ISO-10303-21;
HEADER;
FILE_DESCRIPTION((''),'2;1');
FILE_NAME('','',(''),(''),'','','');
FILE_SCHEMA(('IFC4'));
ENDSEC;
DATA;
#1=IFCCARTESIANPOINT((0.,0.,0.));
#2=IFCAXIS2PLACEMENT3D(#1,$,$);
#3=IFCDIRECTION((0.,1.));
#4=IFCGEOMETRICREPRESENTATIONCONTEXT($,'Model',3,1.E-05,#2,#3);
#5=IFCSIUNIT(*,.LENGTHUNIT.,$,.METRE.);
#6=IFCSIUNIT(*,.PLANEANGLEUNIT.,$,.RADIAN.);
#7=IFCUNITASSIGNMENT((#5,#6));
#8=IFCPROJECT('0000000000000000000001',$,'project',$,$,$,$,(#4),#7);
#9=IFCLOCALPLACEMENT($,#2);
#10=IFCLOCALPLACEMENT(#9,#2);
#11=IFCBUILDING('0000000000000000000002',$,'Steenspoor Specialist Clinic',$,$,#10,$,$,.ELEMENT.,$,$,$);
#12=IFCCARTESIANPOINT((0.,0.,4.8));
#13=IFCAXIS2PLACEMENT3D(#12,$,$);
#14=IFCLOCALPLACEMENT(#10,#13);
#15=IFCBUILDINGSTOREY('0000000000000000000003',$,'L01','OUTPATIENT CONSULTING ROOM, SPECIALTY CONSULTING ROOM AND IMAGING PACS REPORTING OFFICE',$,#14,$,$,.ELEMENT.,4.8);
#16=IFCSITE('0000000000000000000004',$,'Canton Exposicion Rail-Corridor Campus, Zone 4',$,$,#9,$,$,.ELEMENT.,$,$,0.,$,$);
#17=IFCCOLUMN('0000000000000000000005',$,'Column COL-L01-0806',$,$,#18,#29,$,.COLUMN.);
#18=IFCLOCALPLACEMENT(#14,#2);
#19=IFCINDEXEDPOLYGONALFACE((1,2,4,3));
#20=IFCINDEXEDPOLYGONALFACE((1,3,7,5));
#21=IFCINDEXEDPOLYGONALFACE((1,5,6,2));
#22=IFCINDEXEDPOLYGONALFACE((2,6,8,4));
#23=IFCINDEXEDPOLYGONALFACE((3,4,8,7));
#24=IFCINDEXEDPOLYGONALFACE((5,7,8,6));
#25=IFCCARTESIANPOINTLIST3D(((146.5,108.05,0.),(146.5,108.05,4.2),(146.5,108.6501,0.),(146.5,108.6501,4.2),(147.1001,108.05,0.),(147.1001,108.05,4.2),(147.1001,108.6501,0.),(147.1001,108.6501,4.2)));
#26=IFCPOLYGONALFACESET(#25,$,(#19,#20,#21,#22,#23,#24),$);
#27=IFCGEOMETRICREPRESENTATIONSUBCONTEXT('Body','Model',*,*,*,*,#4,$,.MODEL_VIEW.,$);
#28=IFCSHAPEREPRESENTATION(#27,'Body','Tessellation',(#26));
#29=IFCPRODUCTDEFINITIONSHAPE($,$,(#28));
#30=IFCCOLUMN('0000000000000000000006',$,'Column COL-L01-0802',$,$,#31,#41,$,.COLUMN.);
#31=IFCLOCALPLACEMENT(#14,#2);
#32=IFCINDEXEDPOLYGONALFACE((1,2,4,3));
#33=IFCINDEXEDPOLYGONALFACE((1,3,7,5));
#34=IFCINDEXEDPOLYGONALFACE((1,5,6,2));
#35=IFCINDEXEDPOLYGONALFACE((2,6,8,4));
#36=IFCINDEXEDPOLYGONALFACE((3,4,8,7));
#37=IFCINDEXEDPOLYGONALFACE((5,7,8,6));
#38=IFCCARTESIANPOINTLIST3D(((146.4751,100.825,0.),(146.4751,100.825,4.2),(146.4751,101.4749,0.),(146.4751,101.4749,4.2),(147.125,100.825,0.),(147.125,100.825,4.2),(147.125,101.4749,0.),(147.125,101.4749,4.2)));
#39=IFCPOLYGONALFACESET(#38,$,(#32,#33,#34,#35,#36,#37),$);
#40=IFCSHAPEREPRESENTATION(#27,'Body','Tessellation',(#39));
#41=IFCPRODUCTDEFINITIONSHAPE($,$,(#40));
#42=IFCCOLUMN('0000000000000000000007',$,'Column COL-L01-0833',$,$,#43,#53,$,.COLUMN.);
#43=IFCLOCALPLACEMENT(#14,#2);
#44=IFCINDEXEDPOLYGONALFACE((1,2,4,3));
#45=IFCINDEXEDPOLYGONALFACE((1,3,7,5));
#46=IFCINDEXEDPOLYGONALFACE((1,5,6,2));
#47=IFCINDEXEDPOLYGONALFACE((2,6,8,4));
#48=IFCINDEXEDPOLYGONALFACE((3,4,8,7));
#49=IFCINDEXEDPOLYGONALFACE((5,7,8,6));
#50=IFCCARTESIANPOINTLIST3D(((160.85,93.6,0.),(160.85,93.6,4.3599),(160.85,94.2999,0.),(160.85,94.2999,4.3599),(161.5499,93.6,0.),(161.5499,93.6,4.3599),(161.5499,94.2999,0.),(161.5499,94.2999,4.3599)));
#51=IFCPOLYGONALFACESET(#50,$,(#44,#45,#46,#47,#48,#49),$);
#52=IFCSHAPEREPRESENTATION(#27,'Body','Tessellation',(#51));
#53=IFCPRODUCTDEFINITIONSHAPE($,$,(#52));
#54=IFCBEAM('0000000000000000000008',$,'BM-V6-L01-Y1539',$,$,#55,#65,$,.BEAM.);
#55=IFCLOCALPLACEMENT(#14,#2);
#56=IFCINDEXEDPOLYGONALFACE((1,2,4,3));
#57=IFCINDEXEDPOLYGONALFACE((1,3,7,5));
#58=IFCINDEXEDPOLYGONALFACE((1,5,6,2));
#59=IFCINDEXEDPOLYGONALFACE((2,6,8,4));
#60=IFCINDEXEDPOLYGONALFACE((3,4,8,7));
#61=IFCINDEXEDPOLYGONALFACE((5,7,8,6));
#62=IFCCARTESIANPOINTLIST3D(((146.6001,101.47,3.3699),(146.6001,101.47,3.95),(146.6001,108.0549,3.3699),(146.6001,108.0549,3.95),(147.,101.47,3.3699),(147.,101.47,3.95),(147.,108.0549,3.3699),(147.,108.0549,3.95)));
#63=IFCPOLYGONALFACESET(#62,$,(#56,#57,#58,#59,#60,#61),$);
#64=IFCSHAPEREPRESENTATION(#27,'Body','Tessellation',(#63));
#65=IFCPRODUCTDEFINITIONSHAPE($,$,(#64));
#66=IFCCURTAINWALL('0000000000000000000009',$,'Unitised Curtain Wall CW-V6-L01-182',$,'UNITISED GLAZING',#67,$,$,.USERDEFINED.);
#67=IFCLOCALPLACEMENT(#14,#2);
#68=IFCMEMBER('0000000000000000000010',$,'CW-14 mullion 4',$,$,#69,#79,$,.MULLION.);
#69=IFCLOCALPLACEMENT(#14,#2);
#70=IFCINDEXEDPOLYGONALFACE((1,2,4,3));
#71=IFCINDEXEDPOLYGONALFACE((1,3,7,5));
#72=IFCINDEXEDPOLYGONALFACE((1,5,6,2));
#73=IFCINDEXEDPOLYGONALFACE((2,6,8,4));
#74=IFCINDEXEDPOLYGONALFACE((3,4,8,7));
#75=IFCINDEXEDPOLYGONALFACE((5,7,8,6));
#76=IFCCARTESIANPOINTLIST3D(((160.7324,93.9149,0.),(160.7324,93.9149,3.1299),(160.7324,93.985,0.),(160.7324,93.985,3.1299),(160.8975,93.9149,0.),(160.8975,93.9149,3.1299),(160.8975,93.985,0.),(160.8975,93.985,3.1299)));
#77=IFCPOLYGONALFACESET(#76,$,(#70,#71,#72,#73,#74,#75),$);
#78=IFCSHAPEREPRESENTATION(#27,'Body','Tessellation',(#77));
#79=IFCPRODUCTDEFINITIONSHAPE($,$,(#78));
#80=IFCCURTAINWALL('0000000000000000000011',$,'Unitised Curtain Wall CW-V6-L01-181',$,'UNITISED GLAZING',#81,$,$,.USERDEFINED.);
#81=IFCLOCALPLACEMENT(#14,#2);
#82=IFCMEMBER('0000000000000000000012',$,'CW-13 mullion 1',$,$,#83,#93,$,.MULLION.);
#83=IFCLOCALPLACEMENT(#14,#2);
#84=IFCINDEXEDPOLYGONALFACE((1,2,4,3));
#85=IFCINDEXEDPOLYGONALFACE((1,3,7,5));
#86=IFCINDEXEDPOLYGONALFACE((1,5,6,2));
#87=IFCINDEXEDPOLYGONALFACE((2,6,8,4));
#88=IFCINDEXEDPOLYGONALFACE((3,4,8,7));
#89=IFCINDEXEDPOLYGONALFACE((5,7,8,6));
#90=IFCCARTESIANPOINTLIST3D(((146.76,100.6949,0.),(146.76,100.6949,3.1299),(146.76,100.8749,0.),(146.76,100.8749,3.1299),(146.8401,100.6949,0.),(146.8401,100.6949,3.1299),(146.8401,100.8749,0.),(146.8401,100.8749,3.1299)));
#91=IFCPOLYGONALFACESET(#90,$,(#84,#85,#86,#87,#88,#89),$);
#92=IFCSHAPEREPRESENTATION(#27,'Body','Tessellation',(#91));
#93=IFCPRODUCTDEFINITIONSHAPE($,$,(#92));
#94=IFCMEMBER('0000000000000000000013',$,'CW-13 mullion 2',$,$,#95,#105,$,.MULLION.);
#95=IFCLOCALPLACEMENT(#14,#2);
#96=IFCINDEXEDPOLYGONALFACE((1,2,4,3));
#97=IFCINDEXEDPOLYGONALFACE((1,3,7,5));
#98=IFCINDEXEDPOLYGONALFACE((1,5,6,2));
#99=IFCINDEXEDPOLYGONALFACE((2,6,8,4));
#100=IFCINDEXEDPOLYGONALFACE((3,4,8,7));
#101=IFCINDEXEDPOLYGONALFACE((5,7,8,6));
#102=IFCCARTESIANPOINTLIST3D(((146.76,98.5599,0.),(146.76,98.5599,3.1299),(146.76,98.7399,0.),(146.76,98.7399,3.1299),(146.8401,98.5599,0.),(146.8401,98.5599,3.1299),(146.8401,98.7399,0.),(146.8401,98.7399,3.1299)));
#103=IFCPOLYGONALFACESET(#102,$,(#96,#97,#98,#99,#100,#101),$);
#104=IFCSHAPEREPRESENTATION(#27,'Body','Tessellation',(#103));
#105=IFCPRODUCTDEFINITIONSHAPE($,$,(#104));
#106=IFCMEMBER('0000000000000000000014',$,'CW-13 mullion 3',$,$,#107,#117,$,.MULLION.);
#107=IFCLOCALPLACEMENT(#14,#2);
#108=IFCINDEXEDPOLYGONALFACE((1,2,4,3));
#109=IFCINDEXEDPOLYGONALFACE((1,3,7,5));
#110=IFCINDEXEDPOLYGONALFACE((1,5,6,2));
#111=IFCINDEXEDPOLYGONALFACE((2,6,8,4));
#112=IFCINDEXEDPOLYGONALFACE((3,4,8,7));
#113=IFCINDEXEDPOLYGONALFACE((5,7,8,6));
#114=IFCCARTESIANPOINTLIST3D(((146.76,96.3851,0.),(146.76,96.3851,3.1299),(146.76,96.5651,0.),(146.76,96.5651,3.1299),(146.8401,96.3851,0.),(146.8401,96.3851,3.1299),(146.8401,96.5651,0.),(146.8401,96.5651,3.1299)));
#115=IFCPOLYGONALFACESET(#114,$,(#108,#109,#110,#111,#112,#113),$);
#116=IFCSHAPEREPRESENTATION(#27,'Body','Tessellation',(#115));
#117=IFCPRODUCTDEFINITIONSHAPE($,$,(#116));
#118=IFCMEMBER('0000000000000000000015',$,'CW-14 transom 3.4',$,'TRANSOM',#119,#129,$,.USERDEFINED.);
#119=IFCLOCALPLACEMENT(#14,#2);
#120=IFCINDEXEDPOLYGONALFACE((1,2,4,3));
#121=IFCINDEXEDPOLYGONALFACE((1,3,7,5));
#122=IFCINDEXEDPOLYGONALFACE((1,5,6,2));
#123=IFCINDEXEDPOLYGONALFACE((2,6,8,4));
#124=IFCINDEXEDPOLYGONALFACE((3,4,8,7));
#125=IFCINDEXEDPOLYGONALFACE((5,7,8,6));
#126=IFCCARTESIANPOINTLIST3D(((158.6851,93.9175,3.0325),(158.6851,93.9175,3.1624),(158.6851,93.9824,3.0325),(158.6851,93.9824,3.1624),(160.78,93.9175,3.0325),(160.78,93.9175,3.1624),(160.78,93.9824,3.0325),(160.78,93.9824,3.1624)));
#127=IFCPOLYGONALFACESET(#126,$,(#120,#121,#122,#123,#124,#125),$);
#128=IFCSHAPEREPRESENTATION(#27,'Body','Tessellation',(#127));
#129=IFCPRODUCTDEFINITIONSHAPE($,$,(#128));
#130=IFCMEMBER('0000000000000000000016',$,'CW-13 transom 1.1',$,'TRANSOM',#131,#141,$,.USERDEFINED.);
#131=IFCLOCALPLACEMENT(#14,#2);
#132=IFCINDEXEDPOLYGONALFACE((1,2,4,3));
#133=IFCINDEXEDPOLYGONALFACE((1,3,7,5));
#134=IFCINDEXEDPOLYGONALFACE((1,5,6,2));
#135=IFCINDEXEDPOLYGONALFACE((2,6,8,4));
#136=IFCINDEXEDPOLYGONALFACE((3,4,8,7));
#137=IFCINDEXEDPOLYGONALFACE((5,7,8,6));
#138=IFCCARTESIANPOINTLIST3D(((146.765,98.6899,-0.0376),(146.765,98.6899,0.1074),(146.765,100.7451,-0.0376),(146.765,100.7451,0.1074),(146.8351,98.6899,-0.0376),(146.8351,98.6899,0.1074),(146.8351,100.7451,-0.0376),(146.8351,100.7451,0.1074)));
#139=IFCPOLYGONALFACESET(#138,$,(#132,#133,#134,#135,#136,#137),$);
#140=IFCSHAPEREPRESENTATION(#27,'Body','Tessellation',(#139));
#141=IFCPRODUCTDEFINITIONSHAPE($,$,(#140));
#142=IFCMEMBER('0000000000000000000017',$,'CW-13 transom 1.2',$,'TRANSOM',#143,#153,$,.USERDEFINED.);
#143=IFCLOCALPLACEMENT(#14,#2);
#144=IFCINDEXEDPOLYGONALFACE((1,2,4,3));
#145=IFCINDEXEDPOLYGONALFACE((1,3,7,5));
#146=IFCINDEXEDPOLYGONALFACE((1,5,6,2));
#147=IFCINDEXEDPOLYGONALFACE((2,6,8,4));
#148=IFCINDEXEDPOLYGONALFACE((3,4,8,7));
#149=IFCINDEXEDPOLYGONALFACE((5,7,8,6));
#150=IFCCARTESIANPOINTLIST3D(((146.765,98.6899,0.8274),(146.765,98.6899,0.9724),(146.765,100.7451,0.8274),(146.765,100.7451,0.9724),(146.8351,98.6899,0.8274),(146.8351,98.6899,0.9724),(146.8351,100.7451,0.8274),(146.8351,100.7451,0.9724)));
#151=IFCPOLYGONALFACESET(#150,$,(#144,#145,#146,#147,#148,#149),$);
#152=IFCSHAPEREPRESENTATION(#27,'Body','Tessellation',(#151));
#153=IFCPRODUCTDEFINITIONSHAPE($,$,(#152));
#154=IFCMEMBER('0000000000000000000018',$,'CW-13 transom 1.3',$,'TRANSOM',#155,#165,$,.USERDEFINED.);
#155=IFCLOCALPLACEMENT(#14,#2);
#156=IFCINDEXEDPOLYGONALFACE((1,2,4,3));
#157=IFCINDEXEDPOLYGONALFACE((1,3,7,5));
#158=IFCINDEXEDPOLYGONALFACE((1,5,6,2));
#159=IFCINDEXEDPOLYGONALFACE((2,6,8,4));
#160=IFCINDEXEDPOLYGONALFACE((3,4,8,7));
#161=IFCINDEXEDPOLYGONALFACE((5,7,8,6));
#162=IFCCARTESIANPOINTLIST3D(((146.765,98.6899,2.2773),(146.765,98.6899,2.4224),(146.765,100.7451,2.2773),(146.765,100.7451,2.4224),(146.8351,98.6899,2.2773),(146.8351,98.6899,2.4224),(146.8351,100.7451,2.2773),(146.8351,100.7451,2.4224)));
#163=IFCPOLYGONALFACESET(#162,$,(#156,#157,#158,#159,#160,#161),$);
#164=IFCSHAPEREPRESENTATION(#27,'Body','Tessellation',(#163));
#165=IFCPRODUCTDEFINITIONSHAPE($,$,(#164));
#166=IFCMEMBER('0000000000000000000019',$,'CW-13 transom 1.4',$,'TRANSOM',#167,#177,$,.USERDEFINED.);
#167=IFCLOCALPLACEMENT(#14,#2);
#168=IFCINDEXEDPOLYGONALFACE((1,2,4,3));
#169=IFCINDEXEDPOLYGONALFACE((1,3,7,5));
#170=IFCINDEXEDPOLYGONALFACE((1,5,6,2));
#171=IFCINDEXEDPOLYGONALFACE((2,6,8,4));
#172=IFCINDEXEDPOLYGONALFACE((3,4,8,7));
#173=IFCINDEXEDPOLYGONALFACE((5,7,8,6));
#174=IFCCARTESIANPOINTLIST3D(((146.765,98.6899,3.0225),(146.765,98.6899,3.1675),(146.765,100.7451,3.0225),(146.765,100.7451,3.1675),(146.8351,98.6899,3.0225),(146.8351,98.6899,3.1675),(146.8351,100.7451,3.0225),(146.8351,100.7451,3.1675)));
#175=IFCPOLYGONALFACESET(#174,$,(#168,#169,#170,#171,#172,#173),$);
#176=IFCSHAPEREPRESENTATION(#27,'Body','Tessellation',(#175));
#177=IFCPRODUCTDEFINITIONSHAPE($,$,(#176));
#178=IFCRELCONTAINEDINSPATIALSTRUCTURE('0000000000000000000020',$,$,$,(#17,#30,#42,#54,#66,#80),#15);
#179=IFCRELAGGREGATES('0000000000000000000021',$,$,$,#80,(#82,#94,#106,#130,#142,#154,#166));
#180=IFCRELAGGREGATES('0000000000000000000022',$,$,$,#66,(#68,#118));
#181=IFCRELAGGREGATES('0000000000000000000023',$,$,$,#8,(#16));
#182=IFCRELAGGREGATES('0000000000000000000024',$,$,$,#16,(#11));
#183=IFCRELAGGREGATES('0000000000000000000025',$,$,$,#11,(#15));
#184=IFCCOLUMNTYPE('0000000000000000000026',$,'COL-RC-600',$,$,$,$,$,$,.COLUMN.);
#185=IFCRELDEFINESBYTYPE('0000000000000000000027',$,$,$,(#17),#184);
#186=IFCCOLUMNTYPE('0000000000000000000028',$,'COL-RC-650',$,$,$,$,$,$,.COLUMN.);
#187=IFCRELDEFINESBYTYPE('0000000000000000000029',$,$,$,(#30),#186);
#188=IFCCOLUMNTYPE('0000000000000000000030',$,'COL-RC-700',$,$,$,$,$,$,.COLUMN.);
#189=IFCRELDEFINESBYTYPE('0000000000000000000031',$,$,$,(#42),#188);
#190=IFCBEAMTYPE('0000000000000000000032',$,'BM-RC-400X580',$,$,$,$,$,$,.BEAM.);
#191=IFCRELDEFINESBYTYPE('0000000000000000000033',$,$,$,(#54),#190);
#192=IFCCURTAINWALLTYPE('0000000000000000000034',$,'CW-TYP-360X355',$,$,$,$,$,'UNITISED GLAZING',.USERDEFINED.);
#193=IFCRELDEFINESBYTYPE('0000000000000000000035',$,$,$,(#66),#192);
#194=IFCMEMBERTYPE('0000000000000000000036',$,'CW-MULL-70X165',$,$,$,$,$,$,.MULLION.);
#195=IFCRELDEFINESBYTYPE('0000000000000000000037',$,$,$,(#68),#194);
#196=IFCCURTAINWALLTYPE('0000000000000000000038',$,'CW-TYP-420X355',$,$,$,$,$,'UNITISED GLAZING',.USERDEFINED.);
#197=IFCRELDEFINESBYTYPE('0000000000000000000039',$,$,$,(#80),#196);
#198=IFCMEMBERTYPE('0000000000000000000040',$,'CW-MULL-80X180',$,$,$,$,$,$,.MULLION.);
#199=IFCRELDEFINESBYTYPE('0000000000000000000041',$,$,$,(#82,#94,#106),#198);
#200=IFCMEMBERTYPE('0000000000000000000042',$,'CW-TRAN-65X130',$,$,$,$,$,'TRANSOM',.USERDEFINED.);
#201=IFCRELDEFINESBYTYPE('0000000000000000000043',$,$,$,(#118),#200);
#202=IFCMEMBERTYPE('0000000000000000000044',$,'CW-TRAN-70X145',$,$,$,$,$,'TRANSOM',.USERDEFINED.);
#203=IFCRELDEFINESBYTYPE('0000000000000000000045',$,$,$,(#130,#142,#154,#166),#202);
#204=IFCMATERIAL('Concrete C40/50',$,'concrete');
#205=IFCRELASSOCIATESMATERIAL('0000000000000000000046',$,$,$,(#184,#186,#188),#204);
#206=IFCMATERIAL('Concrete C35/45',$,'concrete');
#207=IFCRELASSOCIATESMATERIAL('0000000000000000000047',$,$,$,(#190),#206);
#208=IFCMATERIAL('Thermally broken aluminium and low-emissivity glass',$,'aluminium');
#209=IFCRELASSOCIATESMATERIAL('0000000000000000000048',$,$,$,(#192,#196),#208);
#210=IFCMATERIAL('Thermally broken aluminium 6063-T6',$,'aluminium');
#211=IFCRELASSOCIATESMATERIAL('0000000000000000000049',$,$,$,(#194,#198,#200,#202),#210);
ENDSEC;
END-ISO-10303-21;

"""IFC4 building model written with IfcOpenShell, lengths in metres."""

from ifc_helpers import new_model, si_unit, direction, frame, origin, origin_2d, place, context, subcontext, project, spatial, rectangle, extrude, material, material_profile, profile_set, type_object, element, aggregate, save


model = new_model("IFC4")

# Units and contexts
model_context = context("Model", 3, precision=1e-05, world=origin(), true_north=direction((0.0, 1.0)))
body_context = subcontext(model_context, "Body", "Model", "MODEL_VIEW")
ifc_project = project(units=[si_unit("LENGTHUNIT", "METRE"), si_unit("PLANEANGLEUNIT", "RADIAN")], contexts=[model_context])

# Site, building, storey
site_placement = place(None, origin())
site = spatial("IfcSite", under=ifc_project, at=site_placement, Name="Canton Exposicion Rail-Corridor Campus, Zone 4", CompositionType="ELEMENT", RefElevation=0.0)
building_placement = place(site_placement, origin())
building = spatial("IfcBuilding", under=site, at=building_placement, Name="Steenspoor Specialist Clinic", CompositionType="ELEMENT")
storey_placement = place(building_placement, frame((0.0, 0.0, 4.8)))
storey = spatial("IfcBuildingStorey", under=building, at=storey_placement, Name="L01", Description="OUTPATIENT CONSULTING ROOM, SPECIALTY CONSULTING ROOM AND IMAGING PACS REPORTING OFFICE", CompositionType="ELEMENT", Elevation=4.8)

# Columns
ifc_material_1 = material(Name="Concrete C40/50", Category="concrete")
ifc_material_profile_1 = material_profile(ifc_material_1, rectangle(XDim=0.6001, YDim=0.6001, at=origin_2d()), Name="RC-COL-600X600")
ifc_profile_set_1 = profile_set([ifc_material_profile_1], Name="Concrete C40/50")
column_type_1 = type_object("IfcColumnType", Name="COL-RC-600", PredefinedType="COLUMN", material=ifc_profile_set_1)
column_1_placement = place(storey_placement, frame((146.8, 108.3501, 0.0), z_axis=(0.0, 0.0, 1.0), x_axis=(1.0, 0.0, 0.0)))
element("IfcColumn", 1, at=column_1_placement, inside=storey, type_object=column_type_1, Name="Column COL-L01-0806", PredefinedType="COLUMN", context=body_context, shape_type="SweptSolid", body=[
    extrude(rectangle(XDim=0.6001, YDim=0.6001, at=origin_2d()), origin(), (0.0, 0.0, 1.0), 4.2),
])
ifc_material_profile_2 = material_profile(ifc_material_1, rectangle(XDim=0.6499, YDim=0.6499, at=origin_2d()), Name="RC-COL-650X650")
ifc_profile_set_2 = profile_set([ifc_material_profile_2], Name="Concrete C40/50")
column_type_2 = type_object("IfcColumnType", Name="COL-RC-650", PredefinedType="COLUMN", material=ifc_profile_set_2)
column_2_placement = place(storey_placement, frame((146.8, 101.1499, 0.0), z_axis=(0.0, 0.0, 1.0), x_axis=(1.0, 0.0, 0.0)))
element("IfcColumn", 2, at=column_2_placement, inside=storey, type_object=column_type_2, Name="Column COL-L01-0802", PredefinedType="COLUMN", context=body_context, shape_type="SweptSolid", body=[
    extrude(rectangle(XDim=0.6499, YDim=0.6499, at=origin_2d()), origin(), (0.0, 0.0, 1.0), 4.2),
])
ifc_material_profile_3 = material_profile(ifc_material_1, rectangle(XDim=0.7, YDim=0.7, at=origin_2d()), Name="RC-COL-700X700")
ifc_profile_set_3 = profile_set([ifc_material_profile_3], Name="Concrete C40/50")
column_type_3 = type_object("IfcColumnType", Name="COL-RC-700", PredefinedType="COLUMN", material=ifc_profile_set_3)
column_3_placement = place(storey_placement, frame((161.2, 93.95, 0.0), z_axis=(0.0, 0.0, 1.0), x_axis=(1.0, 0.0, 0.0)))
element("IfcColumn", 3, at=column_3_placement, inside=storey, type_object=column_type_3, Name="Column COL-L01-0833", PredefinedType="COLUMN", context=body_context, shape_type="SweptSolid", body=[
    extrude(rectangle(XDim=0.7, YDim=0.7, at=origin_2d()), origin(), (0.0, 0.0, 1.0), 4.3599),
])

# Beam
ifc_material_2 = material(Name="Concrete C35/45", Category="concrete")
ifc_material_profile_4 = material_profile(ifc_material_2, rectangle(XDim=0.3999, YDim=0.5801, at=origin_2d()), Name="RC-BM-400X580")
ifc_profile_set_4 = profile_set([ifc_material_profile_4], Name="Concrete C35/45")
beam_type = type_object("IfcBeamType", Name="BM-RC-400X580", PredefinedType="BEAM", material=ifc_profile_set_4)
beam_placement = place(storey_placement, frame((146.8, 101.47, 3.6599), z_axis=(0.0, 1.0, 0.0), x_axis=(-1.0, 0.0, 0.0)))
element("IfcBeam", 4, at=beam_placement, inside=storey, type_object=beam_type, Name="BM-V6-L01-Y1539", PredefinedType="BEAM", context=body_context, shape_type="SweptSolid", body=[
    extrude(rectangle(XDim=0.3999, YDim=0.5801, at=origin_2d()), origin(), (0.0, 0.0, 1.0), 6.585),
])

# Curtain wall, member
ifc_material_3 = material(Name="Thermally broken aluminium and low-emissivity glass", Category="aluminium")
curtain_wall_type_1 = type_object("IfcCurtainWallType", Name="CW-TYP-360X355", ElementType="UNITISED GLAZING", PredefinedType="USERDEFINED", material=ifc_material_3)
curtain_wall_1_placement = place(storey_placement, origin())
curtain_wall_1 = element("IfcCurtainWall", 5, at=curtain_wall_1_placement, inside=storey, type_object=curtain_wall_type_1, Name="Unitised Curtain Wall CW-V6-L01-182", ObjectType="UNITISED GLAZING", PredefinedType="USERDEFINED")
ifc_material_4 = material(Name="Thermally broken aluminium 6063-T6", Category="aluminium")
ifc_material_profile_5 = material_profile(ifc_material_4, rectangle(XDim=0.0701, YDim=0.165, at=origin_2d()), Name="CWM-70X165")
ifc_profile_set_5 = profile_set([ifc_material_profile_5], Name="Thermally broken aluminium 6063-T6")
member_type_1 = type_object("IfcMemberType", Name="CW-MULL-70X165", PredefinedType="MULLION", material=ifc_profile_set_5)
member_1_placement = place(storey_placement, frame((160.8149, 93.95, 0.0), z_axis=(0.0, 0.0, 1.0), x_axis=(0.0, 1.0, 0.0)))
member_1 = element("IfcMember", 6, at=member_1_placement, type_object=member_type_1, Name="CW-14 mullion 4", PredefinedType="MULLION", context=body_context, shape_type="SweptSolid", body=[
    extrude(rectangle(XDim=0.0701, YDim=0.165, at=origin_2d()), origin(), (0.0, 0.0, 1.0), 3.1299),
])

# Curtain wall, members
curtain_wall_type_2 = type_object("IfcCurtainWallType", Name="CW-TYP-420X355", ElementType="UNITISED GLAZING", PredefinedType="USERDEFINED", material=ifc_material_3)
curtain_wall_2_placement = place(storey_placement, origin())
curtain_wall_2 = element("IfcCurtainWall", 7, at=curtain_wall_2_placement, inside=storey, type_object=curtain_wall_type_2, Name="Unitised Curtain Wall CW-V6-L01-181", ObjectType="UNITISED GLAZING", PredefinedType="USERDEFINED")
ifc_material_profile_6 = material_profile(ifc_material_4, rectangle(XDim=0.0801, YDim=0.1799, at=origin_2d()), Name="CWM-80X180")
ifc_profile_set_6 = profile_set([ifc_material_profile_6], Name="Thermally broken aluminium 6063-T6")
member_type_2 = type_object("IfcMemberType", Name="CW-MULL-80X180", PredefinedType="MULLION", material=ifc_profile_set_6)
member_2_placement = place(storey_placement, frame((146.8, 100.7849, 0.0), z_axis=(0.0, 0.0, 1.0), x_axis=(1.0, 0.0, 0.0)))
member_2 = element("IfcMember", 8, at=member_2_placement, type_object=member_type_2, Name="CW-13 mullion 1", PredefinedType="MULLION", context=body_context, shape_type="SweptSolid", body=[
    extrude(rectangle(XDim=0.0801, YDim=0.1799, at=origin_2d()), origin(), (0.0, 0.0, 1.0), 3.1299),
])
member_3_placement = place(storey_placement, frame((146.8, 98.6499, 0.0), z_axis=(0.0, 0.0, 1.0), x_axis=(1.0, 0.0, 0.0)))
member_3 = element("IfcMember", 9, at=member_3_placement, type_object=member_type_2, Name="CW-13 mullion 2", PredefinedType="MULLION", context=body_context, shape_type="SweptSolid", body=[
    extrude(rectangle(XDim=0.0801, YDim=0.1799, at=origin_2d()), origin(), (0.0, 0.0, 1.0), 3.1299),
])
member_4_placement = place(storey_placement, frame((146.8, 96.4751, 0.0), z_axis=(0.0, 0.0, 1.0), x_axis=(1.0, 0.0, 0.0)))
member_4 = element("IfcMember", 10, at=member_4_placement, type_object=member_type_2, Name="CW-13 mullion 3", PredefinedType="MULLION", context=body_context, shape_type="SweptSolid", body=[
    extrude(rectangle(XDim=0.0801, YDim=0.1799, at=origin_2d()), origin(), (0.0, 0.0, 1.0), 3.1299),
])

# Members
ifc_material_profile_7 = material_profile(ifc_material_4, rectangle(XDim=0.0649, YDim=0.1299, at=origin_2d()), Name="CWT-65X130")
ifc_profile_set_7 = profile_set([ifc_material_profile_7], Name="Thermally broken aluminium 6063-T6")
member_type_3 = type_object("IfcMemberType", Name="CW-TRAN-65X130", ElementType="TRANSOM", PredefinedType="USERDEFINED", material=ifc_profile_set_7)
member_5_placement = place(storey_placement, frame((158.6851, 93.95, 3.0974), z_axis=(1.0, 0.0, 0.0), x_axis=(0.0, 1.0, 0.0)))
member_5 = element("IfcMember", 11, at=member_5_placement, type_object=member_type_3, Name="CW-14 transom 3.4", ObjectType="TRANSOM", PredefinedType="USERDEFINED", context=body_context, shape_type="SweptSolid", body=[
    extrude(rectangle(XDim=0.0649, YDim=0.1299, at=origin_2d()), origin(), (0.0, 0.0, 1.0), 2.095),
])
ifc_material_profile_8 = material_profile(ifc_material_4, rectangle(XDim=0.0701, YDim=0.145, at=origin_2d()), Name="CWT-70X145")
ifc_profile_set_8 = profile_set([ifc_material_profile_8], Name="Thermally broken aluminium 6063-T6")
member_type_4 = type_object("IfcMemberType", Name="CW-TRAN-70X145", ElementType="TRANSOM", PredefinedType="USERDEFINED", material=ifc_profile_set_8)
member_6_placement = place(storey_placement, frame((146.8, 100.7451, 0.0349), z_axis=(0.0, -1.0, 0.0), x_axis=(1.0, 0.0, 0.0)))
member_6 = element("IfcMember", 12, at=member_6_placement, type_object=member_type_4, Name="CW-13 transom 1.1", ObjectType="TRANSOM", PredefinedType="USERDEFINED", context=body_context, shape_type="SweptSolid", body=[
    extrude(rectangle(XDim=0.0701, YDim=0.145, at=origin_2d()), origin(), (0.0, 0.0, 1.0), 2.0552),
])
member_7_placement = place(storey_placement, frame((146.8, 100.7451, 0.8999), z_axis=(0.0, -1.0, 0.0), x_axis=(1.0, 0.0, 0.0)))
member_7 = element("IfcMember", 13, at=member_7_placement, type_object=member_type_4, Name="CW-13 transom 1.2", ObjectType="TRANSOM", PredefinedType="USERDEFINED", context=body_context, shape_type="SweptSolid", body=[
    extrude(rectangle(XDim=0.0701, YDim=0.145, at=origin_2d()), origin(), (0.0, 0.0, 1.0), 2.0552),
])
member_8_placement = place(storey_placement, frame((146.8, 100.7451, 2.3499), z_axis=(0.0, -1.0, 0.0), x_axis=(1.0, 0.0, 0.0)))
member_8 = element("IfcMember", 14, at=member_8_placement, type_object=member_type_4, Name="CW-13 transom 1.3", ObjectType="TRANSOM", PredefinedType="USERDEFINED", context=body_context, shape_type="SweptSolid", body=[
    extrude(rectangle(XDim=0.0701, YDim=0.145, at=origin_2d()), origin(), (0.0, 0.0, 1.0), 2.0552),
])
member_9_placement = place(storey_placement, frame((146.8, 100.7451, 3.095), z_axis=(0.0, -1.0, 0.0), x_axis=(1.0, 0.0, 0.0)))
member_9 = element("IfcMember", 15, at=member_9_placement, type_object=member_type_4, Name="CW-13 transom 1.4", ObjectType="TRANSOM", PredefinedType="USERDEFINED", context=body_context, shape_type="SweptSolid", body=[
    extrude(rectangle(XDim=0.0701, YDim=0.145, at=origin_2d()), origin(), (0.0, 0.0, 1.0), 2.0552),
])

aggregate(curtain_wall_2, [member_2, member_3, member_4, member_6, member_7, member_8, member_9])
aggregate(curtain_wall_1, [member_1, member_5])

save(model, "model.ifc")
